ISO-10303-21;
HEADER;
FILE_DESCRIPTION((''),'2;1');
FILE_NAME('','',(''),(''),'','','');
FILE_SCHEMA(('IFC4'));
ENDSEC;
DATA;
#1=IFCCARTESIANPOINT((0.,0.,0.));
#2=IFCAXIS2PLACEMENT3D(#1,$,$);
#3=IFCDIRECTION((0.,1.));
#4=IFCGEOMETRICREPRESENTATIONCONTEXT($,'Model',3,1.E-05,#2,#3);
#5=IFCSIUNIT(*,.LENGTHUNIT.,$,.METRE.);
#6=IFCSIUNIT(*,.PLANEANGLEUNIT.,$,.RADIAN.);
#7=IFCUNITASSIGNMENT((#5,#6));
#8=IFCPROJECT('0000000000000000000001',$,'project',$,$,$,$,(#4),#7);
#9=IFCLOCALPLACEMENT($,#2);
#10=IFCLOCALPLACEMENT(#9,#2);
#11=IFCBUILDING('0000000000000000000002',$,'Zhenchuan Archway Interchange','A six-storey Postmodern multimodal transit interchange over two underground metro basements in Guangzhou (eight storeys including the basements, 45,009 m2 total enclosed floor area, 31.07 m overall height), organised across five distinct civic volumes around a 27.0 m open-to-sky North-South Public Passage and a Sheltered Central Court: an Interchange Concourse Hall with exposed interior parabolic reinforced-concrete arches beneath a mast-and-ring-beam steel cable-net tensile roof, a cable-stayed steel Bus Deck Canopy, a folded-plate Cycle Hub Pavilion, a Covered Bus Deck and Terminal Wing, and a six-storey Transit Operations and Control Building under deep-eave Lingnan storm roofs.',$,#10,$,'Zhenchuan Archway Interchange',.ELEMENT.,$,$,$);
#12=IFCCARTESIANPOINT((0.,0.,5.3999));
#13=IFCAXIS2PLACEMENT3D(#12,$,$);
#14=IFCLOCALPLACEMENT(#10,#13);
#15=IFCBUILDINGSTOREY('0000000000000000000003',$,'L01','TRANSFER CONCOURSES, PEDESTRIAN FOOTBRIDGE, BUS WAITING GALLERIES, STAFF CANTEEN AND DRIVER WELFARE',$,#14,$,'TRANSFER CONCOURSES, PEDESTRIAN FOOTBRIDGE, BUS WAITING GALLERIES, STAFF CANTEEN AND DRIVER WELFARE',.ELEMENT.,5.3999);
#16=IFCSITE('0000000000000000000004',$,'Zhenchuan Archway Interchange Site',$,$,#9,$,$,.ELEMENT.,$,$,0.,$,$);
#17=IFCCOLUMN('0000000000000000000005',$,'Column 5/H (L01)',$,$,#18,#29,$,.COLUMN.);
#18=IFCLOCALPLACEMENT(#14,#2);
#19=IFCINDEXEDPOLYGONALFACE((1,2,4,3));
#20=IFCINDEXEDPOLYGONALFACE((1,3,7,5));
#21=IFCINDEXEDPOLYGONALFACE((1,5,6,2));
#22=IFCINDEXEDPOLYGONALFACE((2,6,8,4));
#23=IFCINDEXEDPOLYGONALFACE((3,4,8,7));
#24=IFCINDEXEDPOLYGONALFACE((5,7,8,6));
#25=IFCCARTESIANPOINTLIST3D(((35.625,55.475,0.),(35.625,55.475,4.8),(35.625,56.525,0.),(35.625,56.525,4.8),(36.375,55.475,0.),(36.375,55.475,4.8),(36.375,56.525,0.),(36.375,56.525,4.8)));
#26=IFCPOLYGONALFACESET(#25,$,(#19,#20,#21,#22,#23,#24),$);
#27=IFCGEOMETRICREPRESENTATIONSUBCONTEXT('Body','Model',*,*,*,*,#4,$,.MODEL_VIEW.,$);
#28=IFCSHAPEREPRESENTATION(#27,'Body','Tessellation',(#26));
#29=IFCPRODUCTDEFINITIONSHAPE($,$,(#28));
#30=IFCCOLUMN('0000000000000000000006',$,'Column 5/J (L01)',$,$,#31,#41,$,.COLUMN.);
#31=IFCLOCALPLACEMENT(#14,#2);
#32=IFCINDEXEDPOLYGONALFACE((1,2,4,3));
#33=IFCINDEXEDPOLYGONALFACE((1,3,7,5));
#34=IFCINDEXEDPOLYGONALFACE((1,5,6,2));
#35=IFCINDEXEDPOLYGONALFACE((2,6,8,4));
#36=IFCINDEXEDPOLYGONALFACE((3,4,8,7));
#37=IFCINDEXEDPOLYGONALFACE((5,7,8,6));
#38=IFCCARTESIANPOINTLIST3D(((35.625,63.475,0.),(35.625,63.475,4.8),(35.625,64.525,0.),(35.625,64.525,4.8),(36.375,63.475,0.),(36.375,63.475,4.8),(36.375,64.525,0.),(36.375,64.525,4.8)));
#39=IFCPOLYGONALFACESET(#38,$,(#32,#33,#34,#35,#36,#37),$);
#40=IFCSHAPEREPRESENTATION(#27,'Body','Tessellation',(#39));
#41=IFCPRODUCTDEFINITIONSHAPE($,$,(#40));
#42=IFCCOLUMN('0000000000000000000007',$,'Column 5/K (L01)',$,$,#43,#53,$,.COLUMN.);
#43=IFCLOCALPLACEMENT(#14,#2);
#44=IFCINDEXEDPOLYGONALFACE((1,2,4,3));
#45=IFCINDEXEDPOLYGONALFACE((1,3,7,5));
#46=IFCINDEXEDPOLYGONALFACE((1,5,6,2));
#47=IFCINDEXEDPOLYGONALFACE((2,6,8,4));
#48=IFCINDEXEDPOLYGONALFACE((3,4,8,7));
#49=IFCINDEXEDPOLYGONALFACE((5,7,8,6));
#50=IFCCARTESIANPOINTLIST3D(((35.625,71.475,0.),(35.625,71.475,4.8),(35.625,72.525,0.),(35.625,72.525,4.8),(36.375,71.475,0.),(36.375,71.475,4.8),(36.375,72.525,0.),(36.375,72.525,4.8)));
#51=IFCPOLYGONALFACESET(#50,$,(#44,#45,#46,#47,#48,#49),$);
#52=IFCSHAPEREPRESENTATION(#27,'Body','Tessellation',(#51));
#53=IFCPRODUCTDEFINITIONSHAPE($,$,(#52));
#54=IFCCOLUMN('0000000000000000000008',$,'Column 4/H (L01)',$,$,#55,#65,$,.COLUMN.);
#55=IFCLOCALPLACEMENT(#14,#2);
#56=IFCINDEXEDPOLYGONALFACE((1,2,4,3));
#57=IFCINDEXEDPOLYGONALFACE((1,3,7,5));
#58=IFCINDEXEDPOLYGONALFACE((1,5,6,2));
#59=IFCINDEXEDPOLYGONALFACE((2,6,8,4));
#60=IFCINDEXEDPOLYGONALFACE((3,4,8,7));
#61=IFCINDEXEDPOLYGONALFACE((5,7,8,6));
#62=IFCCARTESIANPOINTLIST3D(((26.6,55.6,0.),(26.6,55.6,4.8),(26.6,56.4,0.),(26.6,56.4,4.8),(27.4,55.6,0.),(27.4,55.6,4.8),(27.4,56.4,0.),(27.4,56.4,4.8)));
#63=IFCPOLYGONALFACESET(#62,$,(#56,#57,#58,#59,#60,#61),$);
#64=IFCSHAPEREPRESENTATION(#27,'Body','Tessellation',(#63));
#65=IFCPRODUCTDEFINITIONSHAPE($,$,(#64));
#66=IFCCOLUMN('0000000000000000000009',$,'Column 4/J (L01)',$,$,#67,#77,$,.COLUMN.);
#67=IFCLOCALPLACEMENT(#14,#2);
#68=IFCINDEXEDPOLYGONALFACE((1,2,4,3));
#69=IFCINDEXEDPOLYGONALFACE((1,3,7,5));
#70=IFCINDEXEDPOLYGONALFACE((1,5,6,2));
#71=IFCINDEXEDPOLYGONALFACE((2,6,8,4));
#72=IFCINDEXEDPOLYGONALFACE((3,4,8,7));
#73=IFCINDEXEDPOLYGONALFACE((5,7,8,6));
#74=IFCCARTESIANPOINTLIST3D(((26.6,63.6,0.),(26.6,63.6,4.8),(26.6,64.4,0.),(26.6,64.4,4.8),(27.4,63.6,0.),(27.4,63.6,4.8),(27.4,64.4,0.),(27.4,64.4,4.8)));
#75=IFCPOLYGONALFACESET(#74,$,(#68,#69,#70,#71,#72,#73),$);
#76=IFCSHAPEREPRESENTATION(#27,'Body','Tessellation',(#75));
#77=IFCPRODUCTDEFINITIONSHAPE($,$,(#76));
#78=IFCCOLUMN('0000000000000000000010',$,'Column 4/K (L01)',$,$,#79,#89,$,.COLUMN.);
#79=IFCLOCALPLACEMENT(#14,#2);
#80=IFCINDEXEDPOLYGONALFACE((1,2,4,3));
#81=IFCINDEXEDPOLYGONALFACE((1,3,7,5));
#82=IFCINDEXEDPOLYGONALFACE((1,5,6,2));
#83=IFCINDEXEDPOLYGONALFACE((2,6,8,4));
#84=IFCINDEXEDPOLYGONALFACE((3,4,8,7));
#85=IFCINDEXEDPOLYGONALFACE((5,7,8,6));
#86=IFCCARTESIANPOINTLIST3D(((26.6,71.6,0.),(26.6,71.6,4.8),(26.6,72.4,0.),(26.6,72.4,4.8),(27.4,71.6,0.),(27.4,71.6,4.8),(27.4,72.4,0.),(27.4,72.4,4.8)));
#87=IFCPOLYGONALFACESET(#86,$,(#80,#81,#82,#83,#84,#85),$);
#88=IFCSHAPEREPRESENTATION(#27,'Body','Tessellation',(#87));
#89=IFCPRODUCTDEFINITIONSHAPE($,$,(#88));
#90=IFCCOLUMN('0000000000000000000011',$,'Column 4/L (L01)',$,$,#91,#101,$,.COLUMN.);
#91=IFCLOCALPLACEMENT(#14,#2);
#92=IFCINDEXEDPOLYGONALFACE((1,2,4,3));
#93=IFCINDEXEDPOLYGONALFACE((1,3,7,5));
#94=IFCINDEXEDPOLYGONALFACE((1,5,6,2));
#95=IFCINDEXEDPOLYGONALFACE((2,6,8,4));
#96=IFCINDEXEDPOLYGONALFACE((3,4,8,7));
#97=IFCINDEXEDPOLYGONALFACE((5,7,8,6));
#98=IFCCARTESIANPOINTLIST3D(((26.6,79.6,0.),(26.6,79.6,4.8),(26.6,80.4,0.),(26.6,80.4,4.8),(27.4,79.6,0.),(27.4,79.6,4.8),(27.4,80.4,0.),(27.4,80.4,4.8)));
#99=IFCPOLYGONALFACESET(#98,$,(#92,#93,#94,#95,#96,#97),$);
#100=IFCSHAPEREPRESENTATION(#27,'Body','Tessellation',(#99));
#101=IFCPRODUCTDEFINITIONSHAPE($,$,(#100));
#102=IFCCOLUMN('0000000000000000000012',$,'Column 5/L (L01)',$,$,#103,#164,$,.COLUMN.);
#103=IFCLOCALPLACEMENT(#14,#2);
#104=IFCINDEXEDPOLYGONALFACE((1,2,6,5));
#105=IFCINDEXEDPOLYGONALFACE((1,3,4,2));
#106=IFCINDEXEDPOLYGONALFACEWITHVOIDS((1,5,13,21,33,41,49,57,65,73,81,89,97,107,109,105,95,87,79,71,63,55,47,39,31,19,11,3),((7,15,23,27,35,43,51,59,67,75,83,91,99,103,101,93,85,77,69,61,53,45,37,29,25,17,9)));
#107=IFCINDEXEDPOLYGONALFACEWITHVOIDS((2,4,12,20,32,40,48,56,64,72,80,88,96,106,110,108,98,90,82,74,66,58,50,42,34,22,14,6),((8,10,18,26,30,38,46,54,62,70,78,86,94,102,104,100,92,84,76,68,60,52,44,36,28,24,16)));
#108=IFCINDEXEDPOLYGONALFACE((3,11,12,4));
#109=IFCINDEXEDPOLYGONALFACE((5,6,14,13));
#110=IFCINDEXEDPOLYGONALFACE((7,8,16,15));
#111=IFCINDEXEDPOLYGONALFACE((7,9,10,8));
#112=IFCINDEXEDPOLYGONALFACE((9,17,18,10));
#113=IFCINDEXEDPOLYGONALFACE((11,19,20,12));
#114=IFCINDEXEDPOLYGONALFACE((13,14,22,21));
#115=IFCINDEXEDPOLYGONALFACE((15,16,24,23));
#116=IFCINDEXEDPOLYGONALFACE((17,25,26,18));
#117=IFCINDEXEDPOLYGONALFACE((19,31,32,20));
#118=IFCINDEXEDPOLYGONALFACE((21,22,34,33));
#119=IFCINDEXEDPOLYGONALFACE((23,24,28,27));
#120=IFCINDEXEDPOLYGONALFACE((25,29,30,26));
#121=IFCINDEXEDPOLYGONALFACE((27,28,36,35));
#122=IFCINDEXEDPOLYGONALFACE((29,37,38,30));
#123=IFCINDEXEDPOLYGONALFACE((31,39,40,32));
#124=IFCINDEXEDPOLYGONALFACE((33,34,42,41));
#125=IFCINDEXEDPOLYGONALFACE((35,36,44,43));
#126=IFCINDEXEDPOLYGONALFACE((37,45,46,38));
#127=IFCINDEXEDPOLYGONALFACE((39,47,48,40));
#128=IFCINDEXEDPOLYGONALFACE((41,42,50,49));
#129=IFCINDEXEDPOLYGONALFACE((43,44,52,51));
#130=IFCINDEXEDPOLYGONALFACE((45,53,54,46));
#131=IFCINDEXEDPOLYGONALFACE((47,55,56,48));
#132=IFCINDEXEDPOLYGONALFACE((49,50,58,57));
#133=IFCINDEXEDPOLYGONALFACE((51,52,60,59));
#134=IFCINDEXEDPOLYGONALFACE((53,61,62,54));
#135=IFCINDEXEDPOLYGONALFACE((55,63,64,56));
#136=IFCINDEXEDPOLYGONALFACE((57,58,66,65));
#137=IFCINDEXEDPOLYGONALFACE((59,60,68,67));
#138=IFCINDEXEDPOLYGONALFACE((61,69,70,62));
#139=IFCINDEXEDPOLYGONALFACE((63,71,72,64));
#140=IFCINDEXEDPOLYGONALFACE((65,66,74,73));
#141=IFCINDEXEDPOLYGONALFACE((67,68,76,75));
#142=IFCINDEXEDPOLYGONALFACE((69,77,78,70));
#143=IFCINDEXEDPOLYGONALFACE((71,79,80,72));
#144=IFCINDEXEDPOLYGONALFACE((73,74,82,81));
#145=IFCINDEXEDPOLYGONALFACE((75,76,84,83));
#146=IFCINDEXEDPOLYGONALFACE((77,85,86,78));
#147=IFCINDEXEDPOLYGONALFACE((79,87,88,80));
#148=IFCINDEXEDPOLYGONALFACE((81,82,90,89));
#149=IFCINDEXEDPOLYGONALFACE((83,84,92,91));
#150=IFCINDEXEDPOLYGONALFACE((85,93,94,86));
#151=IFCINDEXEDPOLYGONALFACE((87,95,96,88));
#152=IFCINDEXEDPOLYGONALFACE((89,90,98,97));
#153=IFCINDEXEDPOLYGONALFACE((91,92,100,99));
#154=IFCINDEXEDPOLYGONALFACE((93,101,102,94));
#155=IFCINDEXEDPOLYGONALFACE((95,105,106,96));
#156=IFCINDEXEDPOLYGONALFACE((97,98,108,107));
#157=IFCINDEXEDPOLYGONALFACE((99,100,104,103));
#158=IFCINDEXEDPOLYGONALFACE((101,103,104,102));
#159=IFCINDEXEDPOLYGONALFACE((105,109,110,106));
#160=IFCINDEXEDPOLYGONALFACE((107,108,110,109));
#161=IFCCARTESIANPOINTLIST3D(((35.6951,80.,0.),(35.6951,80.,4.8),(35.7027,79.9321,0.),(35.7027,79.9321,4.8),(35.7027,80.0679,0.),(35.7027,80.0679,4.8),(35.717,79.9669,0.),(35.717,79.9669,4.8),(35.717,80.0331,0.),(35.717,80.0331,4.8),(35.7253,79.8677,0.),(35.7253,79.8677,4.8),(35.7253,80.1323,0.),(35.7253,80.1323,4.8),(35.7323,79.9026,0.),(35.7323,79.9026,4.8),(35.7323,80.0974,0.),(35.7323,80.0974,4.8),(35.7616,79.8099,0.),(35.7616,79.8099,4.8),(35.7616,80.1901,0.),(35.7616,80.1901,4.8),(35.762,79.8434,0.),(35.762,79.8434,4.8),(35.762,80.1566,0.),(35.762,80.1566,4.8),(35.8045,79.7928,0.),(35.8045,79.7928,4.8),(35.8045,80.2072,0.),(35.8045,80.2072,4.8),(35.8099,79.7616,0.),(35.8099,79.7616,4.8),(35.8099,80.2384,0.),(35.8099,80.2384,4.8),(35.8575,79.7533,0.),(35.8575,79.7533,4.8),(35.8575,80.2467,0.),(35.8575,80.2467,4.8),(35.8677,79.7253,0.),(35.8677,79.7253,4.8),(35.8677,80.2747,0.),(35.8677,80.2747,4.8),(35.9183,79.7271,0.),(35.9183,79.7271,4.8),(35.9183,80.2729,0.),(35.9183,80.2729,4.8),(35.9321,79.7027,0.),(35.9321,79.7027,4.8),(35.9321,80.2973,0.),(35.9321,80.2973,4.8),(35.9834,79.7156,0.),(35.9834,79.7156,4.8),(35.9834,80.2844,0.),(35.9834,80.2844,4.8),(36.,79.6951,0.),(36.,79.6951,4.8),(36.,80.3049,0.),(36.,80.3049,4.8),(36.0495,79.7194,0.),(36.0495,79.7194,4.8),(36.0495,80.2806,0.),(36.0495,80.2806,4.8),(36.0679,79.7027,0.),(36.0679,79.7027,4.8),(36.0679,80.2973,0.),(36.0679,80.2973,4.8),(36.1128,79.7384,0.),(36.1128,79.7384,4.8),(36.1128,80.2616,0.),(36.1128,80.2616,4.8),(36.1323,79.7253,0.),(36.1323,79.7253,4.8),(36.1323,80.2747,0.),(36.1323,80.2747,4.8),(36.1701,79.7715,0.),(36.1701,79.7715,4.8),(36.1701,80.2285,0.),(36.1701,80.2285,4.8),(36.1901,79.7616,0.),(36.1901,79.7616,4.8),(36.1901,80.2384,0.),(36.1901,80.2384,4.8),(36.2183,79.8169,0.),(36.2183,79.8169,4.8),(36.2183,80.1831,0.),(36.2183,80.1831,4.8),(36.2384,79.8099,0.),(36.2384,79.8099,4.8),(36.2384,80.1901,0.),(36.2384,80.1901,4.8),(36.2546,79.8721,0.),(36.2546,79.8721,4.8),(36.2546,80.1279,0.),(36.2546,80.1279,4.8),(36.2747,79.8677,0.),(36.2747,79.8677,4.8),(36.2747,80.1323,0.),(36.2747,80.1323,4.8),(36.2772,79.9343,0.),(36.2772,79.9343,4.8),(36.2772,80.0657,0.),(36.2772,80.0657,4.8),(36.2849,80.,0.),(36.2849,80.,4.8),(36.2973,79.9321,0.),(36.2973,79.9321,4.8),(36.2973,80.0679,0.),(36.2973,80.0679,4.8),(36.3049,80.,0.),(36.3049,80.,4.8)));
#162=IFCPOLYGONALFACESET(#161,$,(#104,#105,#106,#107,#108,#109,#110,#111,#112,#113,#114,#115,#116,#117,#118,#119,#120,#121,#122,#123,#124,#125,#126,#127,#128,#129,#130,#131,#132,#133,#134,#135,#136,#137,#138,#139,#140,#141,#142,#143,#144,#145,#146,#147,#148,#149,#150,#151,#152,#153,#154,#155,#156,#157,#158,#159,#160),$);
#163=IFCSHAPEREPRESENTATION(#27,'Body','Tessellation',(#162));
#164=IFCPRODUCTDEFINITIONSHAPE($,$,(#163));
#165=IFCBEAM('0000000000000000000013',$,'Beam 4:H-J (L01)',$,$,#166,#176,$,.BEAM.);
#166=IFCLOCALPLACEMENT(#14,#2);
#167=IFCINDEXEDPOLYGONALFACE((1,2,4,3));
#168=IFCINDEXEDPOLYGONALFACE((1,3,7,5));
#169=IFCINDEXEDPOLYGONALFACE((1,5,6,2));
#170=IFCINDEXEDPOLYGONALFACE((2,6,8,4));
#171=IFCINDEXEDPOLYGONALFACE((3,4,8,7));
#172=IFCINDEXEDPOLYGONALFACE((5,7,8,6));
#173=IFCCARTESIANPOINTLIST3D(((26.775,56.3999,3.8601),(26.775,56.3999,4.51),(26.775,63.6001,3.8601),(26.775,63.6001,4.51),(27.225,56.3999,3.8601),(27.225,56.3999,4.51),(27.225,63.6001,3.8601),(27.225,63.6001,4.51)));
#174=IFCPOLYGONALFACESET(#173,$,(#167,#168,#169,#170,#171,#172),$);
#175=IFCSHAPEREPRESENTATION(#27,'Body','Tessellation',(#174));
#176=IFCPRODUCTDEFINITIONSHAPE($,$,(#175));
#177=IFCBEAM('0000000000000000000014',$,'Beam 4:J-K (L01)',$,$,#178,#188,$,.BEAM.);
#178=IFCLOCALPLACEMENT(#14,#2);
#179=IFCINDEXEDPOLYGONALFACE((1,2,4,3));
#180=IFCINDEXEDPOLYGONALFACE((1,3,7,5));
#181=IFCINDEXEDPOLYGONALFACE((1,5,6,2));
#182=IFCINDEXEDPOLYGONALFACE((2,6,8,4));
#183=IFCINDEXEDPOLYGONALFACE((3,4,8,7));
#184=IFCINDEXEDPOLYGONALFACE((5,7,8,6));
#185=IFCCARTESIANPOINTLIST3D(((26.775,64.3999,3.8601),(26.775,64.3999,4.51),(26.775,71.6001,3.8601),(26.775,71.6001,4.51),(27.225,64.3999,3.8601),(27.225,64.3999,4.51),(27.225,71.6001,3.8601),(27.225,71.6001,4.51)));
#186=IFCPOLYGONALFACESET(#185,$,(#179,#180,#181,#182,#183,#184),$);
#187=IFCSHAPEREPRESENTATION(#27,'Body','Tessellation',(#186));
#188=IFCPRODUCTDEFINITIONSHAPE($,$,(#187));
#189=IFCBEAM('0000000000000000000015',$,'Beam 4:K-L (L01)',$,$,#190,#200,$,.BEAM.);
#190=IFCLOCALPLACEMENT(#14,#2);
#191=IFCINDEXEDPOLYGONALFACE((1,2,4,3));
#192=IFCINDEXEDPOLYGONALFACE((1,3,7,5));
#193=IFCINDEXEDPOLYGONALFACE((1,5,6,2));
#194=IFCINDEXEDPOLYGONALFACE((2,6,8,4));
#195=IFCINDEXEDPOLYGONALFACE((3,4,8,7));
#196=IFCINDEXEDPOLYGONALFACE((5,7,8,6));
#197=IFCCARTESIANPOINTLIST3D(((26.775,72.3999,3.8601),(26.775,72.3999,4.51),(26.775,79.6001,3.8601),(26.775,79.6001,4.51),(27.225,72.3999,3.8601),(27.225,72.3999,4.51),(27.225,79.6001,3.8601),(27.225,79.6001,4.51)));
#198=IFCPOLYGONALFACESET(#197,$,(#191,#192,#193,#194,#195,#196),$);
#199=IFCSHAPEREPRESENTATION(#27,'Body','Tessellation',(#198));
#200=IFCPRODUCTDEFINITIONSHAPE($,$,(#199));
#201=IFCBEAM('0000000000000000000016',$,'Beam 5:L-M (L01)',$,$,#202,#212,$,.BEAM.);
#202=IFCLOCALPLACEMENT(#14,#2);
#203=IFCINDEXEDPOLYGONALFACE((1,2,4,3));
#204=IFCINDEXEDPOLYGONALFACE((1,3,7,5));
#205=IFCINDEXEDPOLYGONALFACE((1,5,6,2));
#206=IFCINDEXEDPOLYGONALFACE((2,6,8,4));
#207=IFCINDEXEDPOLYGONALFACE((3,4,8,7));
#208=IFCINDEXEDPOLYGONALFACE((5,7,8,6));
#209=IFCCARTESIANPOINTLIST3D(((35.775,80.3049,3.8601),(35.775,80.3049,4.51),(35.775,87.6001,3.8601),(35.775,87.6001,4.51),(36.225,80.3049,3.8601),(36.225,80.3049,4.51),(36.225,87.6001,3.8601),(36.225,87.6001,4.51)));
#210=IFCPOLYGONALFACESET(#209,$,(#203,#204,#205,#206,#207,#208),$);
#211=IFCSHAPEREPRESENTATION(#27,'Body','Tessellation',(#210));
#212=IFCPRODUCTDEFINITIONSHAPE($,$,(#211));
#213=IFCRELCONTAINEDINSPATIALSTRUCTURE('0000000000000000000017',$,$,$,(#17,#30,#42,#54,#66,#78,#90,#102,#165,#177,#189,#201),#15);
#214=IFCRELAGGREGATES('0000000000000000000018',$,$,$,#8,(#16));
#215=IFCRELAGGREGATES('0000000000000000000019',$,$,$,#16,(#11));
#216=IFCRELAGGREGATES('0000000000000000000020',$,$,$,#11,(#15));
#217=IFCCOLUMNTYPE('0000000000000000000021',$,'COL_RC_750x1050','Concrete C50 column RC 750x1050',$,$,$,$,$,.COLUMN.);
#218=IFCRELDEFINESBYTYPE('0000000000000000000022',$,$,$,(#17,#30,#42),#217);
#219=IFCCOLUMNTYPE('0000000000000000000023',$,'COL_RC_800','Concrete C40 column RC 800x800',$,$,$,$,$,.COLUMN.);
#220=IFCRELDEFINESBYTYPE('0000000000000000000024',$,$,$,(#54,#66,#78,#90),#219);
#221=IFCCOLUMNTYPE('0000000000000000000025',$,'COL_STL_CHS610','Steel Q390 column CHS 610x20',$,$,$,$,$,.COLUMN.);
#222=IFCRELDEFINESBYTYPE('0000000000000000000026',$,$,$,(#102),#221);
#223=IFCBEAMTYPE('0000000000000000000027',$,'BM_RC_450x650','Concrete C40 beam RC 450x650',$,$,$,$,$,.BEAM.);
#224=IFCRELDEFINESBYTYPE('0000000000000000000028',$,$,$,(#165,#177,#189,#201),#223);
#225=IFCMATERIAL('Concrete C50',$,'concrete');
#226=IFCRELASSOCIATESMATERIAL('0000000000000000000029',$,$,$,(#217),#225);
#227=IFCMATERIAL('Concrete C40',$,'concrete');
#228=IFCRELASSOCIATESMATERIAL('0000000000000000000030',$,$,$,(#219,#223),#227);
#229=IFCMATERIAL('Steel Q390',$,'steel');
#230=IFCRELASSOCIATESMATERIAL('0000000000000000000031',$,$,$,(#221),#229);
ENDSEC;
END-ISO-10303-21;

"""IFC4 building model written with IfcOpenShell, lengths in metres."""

from ifc_helpers import new_model, si_unit, direction, frame, origin, origin_2d, place, context, subcontext, project, spatial, rectangle, hollow_circle, extrude, material, material_profile, profile_set, type_object, element, save


model = new_model("IFC4")

# Units and contexts
model_context = context("Model", 3, precision=1e-05, world=origin(), true_north=direction((0.0, 1.0)))
body_context = subcontext(model_context, "Body", "Model", "MODEL_VIEW")
ifc_project = project(units=[si_unit("LENGTHUNIT", "METRE"), si_unit("PLANEANGLEUNIT", "RADIAN")], contexts=[model_context])

# Site, building, storey
site_placement = place(None, origin())
site = spatial("IfcSite", under=ifc_project, at=site_placement, Name="Zhenchuan Archway Interchange Site", CompositionType="ELEMENT", RefElevation=0.0)
building_placement = place(site_placement, origin())
building = spatial("IfcBuilding", under=site, at=building_placement, Name="Zhenchuan Archway Interchange", Description="A six-storey Postmodern multimodal transit interchange over two underground metro basements in Guangzhou (eight storeys including the basements, 45,009 m2 total enclosed floor area, 31.07 m overall height), organised across five distinct civic volumes around a 27.0 m open-to-sky North-South Public Passage and a Sheltered Central Court: an Interchange Concourse Hall with exposed interior parabolic reinforced-concrete arches beneath a mast-and-ring-beam steel cable-net tensile roof, a cable-stayed steel Bus Deck Canopy, a folded-plate Cycle Hub Pavilion, a Covered Bus Deck and Terminal Wing, and a six-storey Transit Operations and Control Building under deep-eave Lingnan storm roofs.", LongName="Zhenchuan Archway Interchange", CompositionType="ELEMENT")
storey_placement = place(building_placement, frame((0.0, 0.0, 5.3999)))
storey = spatial("IfcBuildingStorey", under=building, at=storey_placement, Name="L01", Description="TRANSFER CONCOURSES, PEDESTRIAN FOOTBRIDGE, BUS WAITING GALLERIES, STAFF CANTEEN AND DRIVER WELFARE", LongName="TRANSFER CONCOURSES, PEDESTRIAN FOOTBRIDGE, BUS WAITING GALLERIES, STAFF CANTEEN AND DRIVER WELFARE", CompositionType="ELEMENT", Elevation=5.3999)

# Columns
ifc_material_1 = material(Name="Concrete C50", Category="concrete")
ifc_material_profile_1 = material_profile(ifc_material_1, rectangle(XDim=0.75, YDim=1.05, at=origin_2d()), Name="RC 750x1050")
ifc_profile_set_1 = profile_set([ifc_material_profile_1], Name="Concrete C50")
column_type_1 = type_object("IfcColumnType", Name="COL_RC_750x1050", Description="Concrete C50 column RC 750x1050", PredefinedType="COLUMN", material=ifc_profile_set_1)
for number, where, z_axis, x_axis, name in (
    (1, (36.0, 56.0, 0.0), (0.0, 0.0, 1.0), (1.0, 0.0, 0.0), "Column 5/H (L01)"),
    (2, (36.0, 64.0, 0.0), (0.0, 0.0, 1.0), (1.0, 0.0, 0.0), "Column 5/J (L01)"),
    (3, (36.0, 72.0, 0.0), (0.0, 0.0, 1.0), (1.0, 0.0, 0.0), "Column 5/K (L01)"),
):
    element("IfcColumn", number, at=place(storey_placement, frame(where, z_axis=z_axis, x_axis=x_axis)), inside=storey, type_object=column_type_1, Name=name, PredefinedType="COLUMN", context=body_context, shape_type="SweptSolid", body=[
        extrude(rectangle(XDim=0.75, YDim=1.05, at=origin_2d()), origin(), (0.0, 0.0, 1.0), 4.8),
    ])
ifc_material_2 = material(Name="Concrete C40", Category="concrete")
ifc_material_profile_2 = material_profile(ifc_material_2, rectangle(XDim=0.8, YDim=0.8, at=origin_2d()), Name="RC 800x800")
ifc_profile_set_2 = profile_set([ifc_material_profile_2], Name="Concrete C40")
column_type_2 = type_object("IfcColumnType", Name="COL_RC_800", Description="Concrete C40 column RC 800x800", PredefinedType="COLUMN", material=ifc_profile_set_2)
for number, where, z_axis, x_axis, name in (
    (4, (27.0, 56.0, 0.0), (0.0, 0.0, 1.0), (1.0, 0.0, 0.0), "Column 4/H (L01)"),
    (5, (27.0, 64.0, 0.0), (0.0, 0.0, 1.0), (1.0, 0.0, 0.0), "Column 4/J (L01)"),
    (6, (27.0, 72.0, 0.0), (0.0, 0.0, 1.0), (1.0, 0.0, 0.0), "Column 4/K (L01)"),
    (7, (27.0, 80.0, 0.0), (0.0, 0.0, 1.0), (1.0, 0.0, 0.0), "Column 4/L (L01)"),
):
    element("IfcColumn", number, at=place(storey_placement, frame(where, z_axis=z_axis, x_axis=x_axis)), inside=storey, type_object=column_type_2, Name=name, PredefinedType="COLUMN", context=body_context, shape_type="SweptSolid", body=[
        extrude(rectangle(XDim=0.8, YDim=0.8, at=origin_2d()), origin(), (0.0, 0.0, 1.0), 4.8),
    ])
ifc_material_3 = material(Name="Steel Q390", Category="steel")
ifc_material_profile_3 = material_profile(ifc_material_3, hollow_circle(Radius=0.3049, WallThickness=0.02, at=origin_2d()), Name="CHS 610x20")
ifc_profile_set_3 = profile_set([ifc_material_profile_3], Name="Steel Q390")
column_type_3 = type_object("IfcColumnType", Name="COL_STL_CHS610", Description="Steel Q390 column CHS 610x20", PredefinedType="COLUMN", material=ifc_profile_set_3)
column_placement = place(storey_placement, frame((36.0, 80.0, 0.0), z_axis=(0.0, 0.0, 1.0), x_axis=(1.0, 0.0, 0.0)))
element("IfcColumn", 8, at=column_placement, inside=storey, type_object=column_type_3, Name="Column 5/L (L01)", PredefinedType="COLUMN", context=body_context, shape_type="SweptSolid", body=[
    extrude(hollow_circle(Radius=0.3049, WallThickness=0.02, at=origin_2d()), origin(), (0.0, 0.0, 1.0), 4.8),
])

# Beams
ifc_material_profile_4 = material_profile(ifc_material_2, rectangle(XDim=0.45, YDim=0.6499, at=origin_2d()), Name="RC 450x650")
ifc_profile_set_4 = profile_set([ifc_material_profile_4], Name="Concrete C40")
beam_type_1 = type_object("IfcBeamType", Name="BM_RC_450x650", Description="Concrete C40 beam RC 450x650", PredefinedType="BEAM", material=ifc_profile_set_4)
for number, where, z_axis, x_axis, name in (
    (9, (27.0, 56.3999, 4.1851), (0.0, 1.0, 0.0), (-1.0, 0.0, 0.0), "Beam 4:H-J (L01)"),
    (10, (27.0, 64.3999, 4.1851), (0.0, 1.0, 0.0), (-1.0, 0.0, 0.0), "Beam 4:J-K (L01)"),
    (11, (27.0, 72.3999, 4.1851), (0.0, 1.0, 0.0), (-1.0, 0.0, 0.0), "Beam 4:K-L (L01)"),
):
    element("IfcBeam", number, at=place(storey_placement, frame(where, z_axis=z_axis, x_axis=x_axis)), inside=storey, type_object=beam_type_1, Name=name, PredefinedType="BEAM", context=body_context, shape_type="SweptSolid", body=[
        extrude(rectangle(XDim=0.45, YDim=0.6499, at=origin_2d()), origin(), (0.0, 0.0, 1.0), 7.2002),
    ])
beam_1_placement = place(storey_placement, frame((36.0, 80.3049, 4.1851), z_axis=(0.0, 1.0, 0.0), x_axis=(-1.0, 0.0, 0.0)))
element("IfcBeam", 12, at=beam_1_placement, inside=storey, type_object=beam_type_1, Name="Beam 5:L-M (L01)", PredefinedType="BEAM", context=body_context, shape_type="SweptSolid", body=[
    extrude(rectangle(XDim=0.45, YDim=0.6499, at=origin_2d()), origin(), (0.0, 0.0, 1.0), 7.2952),
])

save(model, "model.ifc")
